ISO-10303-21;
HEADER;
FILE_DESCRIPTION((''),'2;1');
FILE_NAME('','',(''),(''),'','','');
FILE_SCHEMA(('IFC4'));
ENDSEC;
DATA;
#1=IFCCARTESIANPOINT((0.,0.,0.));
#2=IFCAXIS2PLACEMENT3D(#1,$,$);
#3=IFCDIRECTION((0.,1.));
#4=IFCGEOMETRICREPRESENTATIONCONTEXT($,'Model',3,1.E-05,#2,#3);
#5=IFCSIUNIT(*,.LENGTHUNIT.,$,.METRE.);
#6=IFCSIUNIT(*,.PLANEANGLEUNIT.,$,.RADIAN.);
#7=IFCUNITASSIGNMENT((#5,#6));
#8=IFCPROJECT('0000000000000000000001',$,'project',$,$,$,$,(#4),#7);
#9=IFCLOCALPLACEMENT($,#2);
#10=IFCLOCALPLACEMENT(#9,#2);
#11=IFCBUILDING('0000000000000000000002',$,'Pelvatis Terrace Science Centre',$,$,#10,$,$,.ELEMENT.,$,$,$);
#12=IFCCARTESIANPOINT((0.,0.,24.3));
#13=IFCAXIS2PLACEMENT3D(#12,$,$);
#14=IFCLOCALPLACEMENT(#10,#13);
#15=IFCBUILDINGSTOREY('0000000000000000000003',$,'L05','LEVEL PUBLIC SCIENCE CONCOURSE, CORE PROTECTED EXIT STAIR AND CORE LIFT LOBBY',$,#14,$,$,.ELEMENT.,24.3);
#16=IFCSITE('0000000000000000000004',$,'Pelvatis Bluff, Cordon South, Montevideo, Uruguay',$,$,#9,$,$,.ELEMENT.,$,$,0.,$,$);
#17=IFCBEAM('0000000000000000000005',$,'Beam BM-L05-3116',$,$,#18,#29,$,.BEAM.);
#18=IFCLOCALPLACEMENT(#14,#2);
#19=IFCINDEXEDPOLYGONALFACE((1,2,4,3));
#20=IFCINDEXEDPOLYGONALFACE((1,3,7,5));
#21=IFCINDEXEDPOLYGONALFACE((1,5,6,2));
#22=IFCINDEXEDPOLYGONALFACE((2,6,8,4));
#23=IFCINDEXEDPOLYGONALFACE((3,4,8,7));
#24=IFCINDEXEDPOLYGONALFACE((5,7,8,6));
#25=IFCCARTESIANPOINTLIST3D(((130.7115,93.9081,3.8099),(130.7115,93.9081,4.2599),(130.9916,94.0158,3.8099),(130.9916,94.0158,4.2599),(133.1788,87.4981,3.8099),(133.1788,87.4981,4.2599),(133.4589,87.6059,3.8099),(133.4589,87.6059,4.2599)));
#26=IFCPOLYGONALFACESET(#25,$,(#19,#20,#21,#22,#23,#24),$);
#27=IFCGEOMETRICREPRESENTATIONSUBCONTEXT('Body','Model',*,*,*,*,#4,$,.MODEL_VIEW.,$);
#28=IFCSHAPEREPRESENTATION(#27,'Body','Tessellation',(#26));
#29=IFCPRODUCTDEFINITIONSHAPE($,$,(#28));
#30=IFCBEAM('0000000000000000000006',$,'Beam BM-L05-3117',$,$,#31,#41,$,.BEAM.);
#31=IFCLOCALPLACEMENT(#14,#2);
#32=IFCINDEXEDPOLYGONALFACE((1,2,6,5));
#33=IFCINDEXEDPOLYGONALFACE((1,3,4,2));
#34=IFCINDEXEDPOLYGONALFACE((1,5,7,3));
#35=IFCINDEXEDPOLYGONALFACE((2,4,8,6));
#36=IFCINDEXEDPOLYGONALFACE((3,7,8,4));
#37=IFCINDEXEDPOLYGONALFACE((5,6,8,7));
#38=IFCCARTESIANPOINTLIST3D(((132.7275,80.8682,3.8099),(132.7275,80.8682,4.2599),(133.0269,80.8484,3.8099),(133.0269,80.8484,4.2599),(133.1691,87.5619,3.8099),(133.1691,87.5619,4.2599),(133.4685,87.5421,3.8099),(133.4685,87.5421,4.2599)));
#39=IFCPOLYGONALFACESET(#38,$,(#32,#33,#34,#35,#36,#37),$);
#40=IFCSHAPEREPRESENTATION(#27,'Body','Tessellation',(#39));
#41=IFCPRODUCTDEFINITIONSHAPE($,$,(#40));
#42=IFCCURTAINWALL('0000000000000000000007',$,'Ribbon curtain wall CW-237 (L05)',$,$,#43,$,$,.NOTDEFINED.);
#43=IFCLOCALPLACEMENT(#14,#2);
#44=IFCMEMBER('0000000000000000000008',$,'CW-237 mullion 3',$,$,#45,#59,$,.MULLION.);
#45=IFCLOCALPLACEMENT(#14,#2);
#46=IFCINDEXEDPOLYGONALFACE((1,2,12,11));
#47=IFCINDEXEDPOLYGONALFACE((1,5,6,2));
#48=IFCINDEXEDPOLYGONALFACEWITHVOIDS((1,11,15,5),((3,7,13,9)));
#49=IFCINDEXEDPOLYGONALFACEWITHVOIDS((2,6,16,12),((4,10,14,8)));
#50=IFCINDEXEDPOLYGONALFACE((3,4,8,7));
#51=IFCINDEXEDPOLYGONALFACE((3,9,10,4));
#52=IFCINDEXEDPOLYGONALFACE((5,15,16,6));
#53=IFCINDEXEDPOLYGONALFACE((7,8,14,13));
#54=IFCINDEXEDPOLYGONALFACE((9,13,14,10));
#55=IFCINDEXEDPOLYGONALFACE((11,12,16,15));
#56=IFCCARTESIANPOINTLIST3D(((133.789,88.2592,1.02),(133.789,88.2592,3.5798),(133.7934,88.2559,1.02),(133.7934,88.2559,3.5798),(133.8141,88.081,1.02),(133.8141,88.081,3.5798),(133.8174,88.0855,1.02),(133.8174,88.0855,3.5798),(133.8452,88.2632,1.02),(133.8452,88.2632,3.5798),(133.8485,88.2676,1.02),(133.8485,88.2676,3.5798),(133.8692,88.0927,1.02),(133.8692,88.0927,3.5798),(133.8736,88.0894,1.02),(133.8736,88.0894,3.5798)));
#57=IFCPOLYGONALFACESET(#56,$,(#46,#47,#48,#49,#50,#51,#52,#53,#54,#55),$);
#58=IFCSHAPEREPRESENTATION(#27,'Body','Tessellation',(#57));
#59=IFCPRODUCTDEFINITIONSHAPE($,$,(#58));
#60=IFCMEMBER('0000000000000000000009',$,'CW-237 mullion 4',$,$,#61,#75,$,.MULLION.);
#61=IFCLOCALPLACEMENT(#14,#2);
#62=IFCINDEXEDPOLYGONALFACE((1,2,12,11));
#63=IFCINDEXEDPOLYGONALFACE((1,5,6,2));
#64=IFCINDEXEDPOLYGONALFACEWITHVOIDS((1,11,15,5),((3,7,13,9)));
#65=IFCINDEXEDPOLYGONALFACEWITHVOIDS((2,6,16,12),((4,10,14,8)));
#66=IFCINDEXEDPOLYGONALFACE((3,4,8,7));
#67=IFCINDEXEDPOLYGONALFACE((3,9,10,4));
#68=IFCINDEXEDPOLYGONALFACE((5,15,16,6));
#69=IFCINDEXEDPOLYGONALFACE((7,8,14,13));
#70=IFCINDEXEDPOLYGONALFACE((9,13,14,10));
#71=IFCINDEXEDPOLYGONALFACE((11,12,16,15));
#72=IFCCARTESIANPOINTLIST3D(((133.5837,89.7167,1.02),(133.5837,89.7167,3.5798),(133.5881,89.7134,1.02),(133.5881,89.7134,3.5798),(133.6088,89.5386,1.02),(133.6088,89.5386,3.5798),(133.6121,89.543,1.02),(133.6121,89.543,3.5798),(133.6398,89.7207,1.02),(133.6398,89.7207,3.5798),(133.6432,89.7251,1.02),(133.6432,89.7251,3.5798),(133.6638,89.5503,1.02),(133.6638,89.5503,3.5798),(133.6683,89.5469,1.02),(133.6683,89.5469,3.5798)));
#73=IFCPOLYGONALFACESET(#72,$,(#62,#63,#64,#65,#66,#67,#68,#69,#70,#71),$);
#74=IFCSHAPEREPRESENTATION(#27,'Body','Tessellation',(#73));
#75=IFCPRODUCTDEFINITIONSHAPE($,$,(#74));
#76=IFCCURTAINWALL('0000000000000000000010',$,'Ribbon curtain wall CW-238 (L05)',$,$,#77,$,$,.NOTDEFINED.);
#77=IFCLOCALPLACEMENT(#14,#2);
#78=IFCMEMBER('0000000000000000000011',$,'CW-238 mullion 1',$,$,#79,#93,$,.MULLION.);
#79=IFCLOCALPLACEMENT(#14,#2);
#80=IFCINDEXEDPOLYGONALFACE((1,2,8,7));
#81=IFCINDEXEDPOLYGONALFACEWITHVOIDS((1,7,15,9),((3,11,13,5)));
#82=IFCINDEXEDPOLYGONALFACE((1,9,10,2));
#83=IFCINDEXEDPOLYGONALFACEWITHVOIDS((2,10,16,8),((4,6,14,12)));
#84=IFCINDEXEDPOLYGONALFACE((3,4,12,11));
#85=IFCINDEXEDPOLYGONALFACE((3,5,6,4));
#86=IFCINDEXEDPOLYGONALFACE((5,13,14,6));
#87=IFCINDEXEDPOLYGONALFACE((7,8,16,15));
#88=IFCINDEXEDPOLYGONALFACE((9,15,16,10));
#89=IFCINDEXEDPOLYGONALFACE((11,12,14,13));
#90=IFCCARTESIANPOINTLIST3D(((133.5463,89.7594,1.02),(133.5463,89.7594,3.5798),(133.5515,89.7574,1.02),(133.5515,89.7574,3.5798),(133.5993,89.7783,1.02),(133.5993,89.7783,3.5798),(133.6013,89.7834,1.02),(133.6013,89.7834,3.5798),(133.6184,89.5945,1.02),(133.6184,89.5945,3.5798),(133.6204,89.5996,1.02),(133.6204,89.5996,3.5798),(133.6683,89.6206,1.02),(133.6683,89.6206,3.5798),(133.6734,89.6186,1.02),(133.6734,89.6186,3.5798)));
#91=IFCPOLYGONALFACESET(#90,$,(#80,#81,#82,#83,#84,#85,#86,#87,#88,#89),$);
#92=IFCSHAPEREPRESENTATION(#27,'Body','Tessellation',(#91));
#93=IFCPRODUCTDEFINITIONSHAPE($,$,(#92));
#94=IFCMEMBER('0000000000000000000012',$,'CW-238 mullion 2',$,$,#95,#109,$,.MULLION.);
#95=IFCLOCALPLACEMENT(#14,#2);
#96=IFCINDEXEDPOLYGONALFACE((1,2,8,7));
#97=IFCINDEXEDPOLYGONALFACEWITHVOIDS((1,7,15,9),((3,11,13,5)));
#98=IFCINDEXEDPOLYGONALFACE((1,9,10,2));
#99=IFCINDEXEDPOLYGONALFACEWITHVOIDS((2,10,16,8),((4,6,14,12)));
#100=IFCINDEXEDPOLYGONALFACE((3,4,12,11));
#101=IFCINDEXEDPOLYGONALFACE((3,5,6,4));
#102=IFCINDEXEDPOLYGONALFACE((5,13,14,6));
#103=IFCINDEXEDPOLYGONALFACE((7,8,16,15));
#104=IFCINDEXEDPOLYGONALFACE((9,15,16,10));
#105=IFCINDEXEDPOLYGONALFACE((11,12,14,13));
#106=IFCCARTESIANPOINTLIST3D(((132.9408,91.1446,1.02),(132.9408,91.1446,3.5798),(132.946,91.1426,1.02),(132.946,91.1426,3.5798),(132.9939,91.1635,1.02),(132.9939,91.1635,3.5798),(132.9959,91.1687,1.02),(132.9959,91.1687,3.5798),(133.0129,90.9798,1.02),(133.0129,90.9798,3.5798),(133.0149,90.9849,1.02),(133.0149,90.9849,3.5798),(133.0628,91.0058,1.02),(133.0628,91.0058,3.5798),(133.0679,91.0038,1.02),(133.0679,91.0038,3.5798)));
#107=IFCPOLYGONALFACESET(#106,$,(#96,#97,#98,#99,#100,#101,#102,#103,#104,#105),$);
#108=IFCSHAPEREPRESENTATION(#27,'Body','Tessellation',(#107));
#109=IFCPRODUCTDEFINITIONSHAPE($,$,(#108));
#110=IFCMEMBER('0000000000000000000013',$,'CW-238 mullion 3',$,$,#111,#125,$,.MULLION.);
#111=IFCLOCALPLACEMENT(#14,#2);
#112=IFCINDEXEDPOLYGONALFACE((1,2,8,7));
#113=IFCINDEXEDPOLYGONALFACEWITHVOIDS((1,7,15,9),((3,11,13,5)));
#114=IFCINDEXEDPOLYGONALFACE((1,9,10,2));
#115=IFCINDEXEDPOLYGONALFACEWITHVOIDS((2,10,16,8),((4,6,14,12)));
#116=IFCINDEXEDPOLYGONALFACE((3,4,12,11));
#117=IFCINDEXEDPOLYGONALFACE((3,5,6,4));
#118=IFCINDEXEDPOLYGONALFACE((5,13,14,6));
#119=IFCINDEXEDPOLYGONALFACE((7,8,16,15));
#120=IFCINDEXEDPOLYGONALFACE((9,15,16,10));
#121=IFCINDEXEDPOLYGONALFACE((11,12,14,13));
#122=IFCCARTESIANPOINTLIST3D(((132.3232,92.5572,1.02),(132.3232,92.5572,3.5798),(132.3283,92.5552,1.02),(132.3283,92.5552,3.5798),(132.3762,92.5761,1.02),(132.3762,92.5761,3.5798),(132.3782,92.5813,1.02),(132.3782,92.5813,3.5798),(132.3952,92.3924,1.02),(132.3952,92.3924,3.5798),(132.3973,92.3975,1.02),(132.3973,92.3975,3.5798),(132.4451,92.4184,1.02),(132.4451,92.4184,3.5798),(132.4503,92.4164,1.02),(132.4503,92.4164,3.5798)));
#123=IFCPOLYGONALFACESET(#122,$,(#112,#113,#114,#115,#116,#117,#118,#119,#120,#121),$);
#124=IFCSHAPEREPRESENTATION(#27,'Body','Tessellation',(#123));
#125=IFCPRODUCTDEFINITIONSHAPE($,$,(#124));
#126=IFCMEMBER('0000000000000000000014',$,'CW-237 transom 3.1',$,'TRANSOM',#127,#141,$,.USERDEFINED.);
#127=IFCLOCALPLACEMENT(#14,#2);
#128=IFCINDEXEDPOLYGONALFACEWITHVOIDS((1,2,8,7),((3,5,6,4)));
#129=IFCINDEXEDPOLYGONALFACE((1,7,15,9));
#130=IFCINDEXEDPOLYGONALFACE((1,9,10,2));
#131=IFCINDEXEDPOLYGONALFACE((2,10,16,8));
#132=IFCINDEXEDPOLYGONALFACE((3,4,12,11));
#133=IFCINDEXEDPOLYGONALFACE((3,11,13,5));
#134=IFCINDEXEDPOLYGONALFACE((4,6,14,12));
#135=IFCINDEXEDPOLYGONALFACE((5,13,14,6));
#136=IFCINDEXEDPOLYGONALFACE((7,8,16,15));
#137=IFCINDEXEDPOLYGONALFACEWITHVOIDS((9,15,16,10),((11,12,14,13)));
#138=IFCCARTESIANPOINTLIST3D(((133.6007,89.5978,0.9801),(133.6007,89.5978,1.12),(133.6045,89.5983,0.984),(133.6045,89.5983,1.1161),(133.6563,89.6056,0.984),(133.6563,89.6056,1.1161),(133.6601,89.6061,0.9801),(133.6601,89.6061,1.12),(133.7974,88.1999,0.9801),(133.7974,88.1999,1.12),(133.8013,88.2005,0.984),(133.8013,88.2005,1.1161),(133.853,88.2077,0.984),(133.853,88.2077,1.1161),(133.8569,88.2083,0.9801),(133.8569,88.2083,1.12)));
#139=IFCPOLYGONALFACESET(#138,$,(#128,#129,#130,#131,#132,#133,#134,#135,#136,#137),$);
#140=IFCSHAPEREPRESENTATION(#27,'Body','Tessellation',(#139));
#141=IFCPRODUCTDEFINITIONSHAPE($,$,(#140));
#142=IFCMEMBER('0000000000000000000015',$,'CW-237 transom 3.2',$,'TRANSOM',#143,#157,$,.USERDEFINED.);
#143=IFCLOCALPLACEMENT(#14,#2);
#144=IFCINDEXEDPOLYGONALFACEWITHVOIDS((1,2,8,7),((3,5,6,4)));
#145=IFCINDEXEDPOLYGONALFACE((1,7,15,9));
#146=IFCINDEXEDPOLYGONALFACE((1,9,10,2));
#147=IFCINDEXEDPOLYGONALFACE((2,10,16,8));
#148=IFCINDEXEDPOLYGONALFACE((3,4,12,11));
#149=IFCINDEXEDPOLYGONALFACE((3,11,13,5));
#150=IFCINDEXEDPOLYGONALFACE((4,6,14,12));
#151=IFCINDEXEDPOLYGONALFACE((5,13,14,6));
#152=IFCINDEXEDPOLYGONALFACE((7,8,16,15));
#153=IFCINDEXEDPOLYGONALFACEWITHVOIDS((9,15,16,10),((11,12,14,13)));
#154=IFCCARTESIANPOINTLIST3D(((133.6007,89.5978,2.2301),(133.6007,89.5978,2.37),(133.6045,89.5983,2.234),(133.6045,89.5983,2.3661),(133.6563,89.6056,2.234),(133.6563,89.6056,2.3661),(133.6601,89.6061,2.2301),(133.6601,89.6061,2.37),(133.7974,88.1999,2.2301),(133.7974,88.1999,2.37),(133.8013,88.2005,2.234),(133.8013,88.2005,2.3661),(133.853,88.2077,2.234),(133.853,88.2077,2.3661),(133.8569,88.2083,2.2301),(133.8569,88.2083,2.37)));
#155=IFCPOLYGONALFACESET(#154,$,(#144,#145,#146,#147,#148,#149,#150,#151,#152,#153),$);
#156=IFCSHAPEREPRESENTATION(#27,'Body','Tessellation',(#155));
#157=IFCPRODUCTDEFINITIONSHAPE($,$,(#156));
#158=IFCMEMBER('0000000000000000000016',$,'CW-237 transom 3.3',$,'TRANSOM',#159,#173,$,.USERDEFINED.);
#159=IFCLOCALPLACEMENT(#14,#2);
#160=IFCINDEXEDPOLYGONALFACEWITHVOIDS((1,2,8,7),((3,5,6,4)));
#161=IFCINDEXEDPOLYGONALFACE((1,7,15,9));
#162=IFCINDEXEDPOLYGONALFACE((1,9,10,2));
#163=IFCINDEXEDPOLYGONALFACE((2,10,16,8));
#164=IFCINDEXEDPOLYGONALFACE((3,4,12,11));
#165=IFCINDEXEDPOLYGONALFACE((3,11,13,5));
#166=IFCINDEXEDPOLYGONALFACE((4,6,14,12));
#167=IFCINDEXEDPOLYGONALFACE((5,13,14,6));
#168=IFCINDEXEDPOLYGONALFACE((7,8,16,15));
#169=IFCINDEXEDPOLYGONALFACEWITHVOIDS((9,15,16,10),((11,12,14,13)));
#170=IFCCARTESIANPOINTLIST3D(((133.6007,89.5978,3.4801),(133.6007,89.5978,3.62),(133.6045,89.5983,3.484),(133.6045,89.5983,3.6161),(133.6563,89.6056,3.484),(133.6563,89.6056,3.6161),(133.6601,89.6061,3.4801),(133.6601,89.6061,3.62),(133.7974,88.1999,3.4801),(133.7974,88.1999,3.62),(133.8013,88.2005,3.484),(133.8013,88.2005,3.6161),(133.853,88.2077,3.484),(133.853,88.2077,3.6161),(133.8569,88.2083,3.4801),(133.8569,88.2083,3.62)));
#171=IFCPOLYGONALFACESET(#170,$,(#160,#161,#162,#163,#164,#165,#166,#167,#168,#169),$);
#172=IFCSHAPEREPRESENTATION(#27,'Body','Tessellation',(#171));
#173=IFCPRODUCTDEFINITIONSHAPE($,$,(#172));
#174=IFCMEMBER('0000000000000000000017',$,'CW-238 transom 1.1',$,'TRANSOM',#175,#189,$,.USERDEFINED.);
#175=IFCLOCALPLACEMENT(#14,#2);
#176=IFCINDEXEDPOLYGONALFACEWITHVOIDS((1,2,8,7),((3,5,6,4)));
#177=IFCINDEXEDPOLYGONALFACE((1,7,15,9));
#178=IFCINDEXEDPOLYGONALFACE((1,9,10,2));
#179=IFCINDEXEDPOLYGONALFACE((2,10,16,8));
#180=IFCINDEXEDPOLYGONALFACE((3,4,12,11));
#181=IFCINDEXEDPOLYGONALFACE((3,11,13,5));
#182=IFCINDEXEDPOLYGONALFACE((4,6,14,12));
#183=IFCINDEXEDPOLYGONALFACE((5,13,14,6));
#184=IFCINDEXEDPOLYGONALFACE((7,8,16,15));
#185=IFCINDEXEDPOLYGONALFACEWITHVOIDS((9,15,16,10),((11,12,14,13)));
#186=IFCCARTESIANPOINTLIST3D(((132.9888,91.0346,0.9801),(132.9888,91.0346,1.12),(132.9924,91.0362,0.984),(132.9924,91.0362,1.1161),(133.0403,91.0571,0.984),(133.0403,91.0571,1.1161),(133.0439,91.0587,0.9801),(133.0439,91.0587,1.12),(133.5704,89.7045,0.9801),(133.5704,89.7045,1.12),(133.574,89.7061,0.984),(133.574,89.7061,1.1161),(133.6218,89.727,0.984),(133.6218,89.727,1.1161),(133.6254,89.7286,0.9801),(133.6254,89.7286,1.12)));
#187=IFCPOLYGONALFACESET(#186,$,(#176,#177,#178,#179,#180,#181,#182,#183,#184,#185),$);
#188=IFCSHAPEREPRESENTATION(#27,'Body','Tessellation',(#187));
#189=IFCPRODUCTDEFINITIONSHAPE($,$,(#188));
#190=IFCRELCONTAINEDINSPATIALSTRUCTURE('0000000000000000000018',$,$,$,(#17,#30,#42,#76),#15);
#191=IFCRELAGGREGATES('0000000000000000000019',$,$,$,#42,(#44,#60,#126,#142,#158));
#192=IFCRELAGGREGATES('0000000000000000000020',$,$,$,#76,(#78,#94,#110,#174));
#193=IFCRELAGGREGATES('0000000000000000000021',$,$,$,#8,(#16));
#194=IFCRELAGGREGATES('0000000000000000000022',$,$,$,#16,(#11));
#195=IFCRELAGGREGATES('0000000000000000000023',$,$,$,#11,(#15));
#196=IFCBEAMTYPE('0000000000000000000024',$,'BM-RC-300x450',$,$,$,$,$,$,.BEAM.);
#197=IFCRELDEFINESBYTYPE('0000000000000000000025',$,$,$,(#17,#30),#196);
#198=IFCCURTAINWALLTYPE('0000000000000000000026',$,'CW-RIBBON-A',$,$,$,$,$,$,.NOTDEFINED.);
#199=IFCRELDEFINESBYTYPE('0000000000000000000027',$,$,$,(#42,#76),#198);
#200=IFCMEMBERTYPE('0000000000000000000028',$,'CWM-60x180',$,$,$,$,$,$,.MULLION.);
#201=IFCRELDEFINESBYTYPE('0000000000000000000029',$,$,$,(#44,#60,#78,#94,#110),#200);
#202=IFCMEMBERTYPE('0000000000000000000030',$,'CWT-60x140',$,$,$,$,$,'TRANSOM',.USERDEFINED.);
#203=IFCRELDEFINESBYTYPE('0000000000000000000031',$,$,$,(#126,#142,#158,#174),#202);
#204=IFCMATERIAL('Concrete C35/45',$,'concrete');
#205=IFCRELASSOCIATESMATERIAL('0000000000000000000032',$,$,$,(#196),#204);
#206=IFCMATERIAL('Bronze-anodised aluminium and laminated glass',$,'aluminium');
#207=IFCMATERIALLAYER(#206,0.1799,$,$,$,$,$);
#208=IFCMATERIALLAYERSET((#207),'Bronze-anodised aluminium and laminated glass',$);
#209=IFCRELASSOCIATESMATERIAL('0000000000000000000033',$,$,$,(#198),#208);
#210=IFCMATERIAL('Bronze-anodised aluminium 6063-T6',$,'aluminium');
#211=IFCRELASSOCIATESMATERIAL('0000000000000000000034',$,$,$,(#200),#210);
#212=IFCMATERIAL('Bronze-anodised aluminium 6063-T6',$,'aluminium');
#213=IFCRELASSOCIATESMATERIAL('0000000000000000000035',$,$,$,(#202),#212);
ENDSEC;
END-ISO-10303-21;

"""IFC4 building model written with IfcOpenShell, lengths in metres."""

from ifc_helpers import new_model, si_unit, direction, frame, origin, origin_2d, place, context, subcontext, project, spatial, rectangle, hollow_rectangle, extrude, material, layer, layer_set, material_profile, profile_set, type_object, element, aggregate, save


model = new_model("IFC4")

# Units and contexts
model_context = context("Model", 3, precision=1e-05, world=origin(), true_north=direction((0.0, 1.0)))
body_context = subcontext(model_context, "Body", "Model", "MODEL_VIEW")
ifc_project = project(units=[si_unit("LENGTHUNIT", "METRE"), si_unit("PLANEANGLEUNIT", "RADIAN")], contexts=[model_context])

# Site, building, storey
site_placement = place(None, origin())
site = spatial("IfcSite", under=ifc_project, at=site_placement, Name="Pelvatis Bluff, Cordon South, Montevideo, Uruguay", CompositionType="ELEMENT", RefElevation=0.0)
building_placement = place(site_placement, origin())
building = spatial("IfcBuilding", under=site, at=building_placement, Name="Pelvatis Terrace Science Centre", CompositionType="ELEMENT")
storey_placement = place(building_placement, frame((0.0, 0.0, 24.3)))
storey = spatial("IfcBuildingStorey", under=building, at=storey_placement, Name="L05", Description="LEVEL PUBLIC SCIENCE CONCOURSE, CORE PROTECTED EXIT STAIR AND CORE LIFT LOBBY", CompositionType="ELEMENT", Elevation=24.3)

# Beams
ifc_material_1 = material(Name="Concrete C35/45", Category="concrete")
ifc_material_profile_1 = material_profile(ifc_material_1, rectangle(XDim=0.3, YDim=0.45, at=origin_2d()), Name="RC-BM 300x450")
ifc_profile_set_1 = profile_set([ifc_material_profile_1], Name="Concrete C35/45")
beam_type = type_object("IfcBeamType", Name="BM-RC-300x450", PredefinedType="BEAM", material=ifc_profile_set_1)
beam_1_placement = place(storey_placement, frame((133.3188, 87.552, 4.0349), z_axis=(-0.359224, 0.933251, 0.0), x_axis=(-0.933251, -0.359224, 0.0)))
element("IfcBeam", 1, at=beam_1_placement, inside=storey, type_object=beam_type, Name="Beam BM-L05-3116", PredefinedType="BEAM", context=body_context, shape_type="SweptSolid", body=[
    extrude(rectangle(XDim=0.3, YDim=0.45, at=origin_2d()), origin(), (0.0, 0.0, 1.0), 6.8684),
])
beam_2_placement = place(storey_placement, frame((133.3188, 87.552, 4.0349), z_axis=(-0.065838, -0.99783, 0.0), x_axis=(0.99783, -0.065838, 0.0)))
element("IfcBeam", 2, at=beam_2_placement, inside=storey, type_object=beam_type, Name="Beam BM-L05-3117", PredefinedType="BEAM", context=body_context, shape_type="SweptSolid", body=[
    extrude(rectangle(XDim=0.3, YDim=0.45, at=origin_2d()), origin(), (0.0, 0.0, 1.0), 6.7083),
])

# Curtain walls, members
ifc_material_2 = material(Name="Bronze-anodised aluminium and laminated glass", Category="aluminium")
ifc_layer_1 = layer(ifc_material_2, 0.1799)
ifc_layer_set_1 = layer_set([ifc_layer_1], Name="Bronze-anodised aluminium and laminated glass")
curtain_wall_type = type_object("IfcCurtainWallType", Name="CW-RIBBON-A", PredefinedType="NOTDEFINED", material=ifc_layer_set_1)
curtain_wall_1_placement = place(storey_placement, origin())
curtain_wall_1 = element("IfcCurtainWall", 3, at=curtain_wall_1_placement, inside=storey, type_object=curtain_wall_type, Name="Ribbon curtain wall CW-237 (L05)", PredefinedType="NOTDEFINED")
ifc_material_3 = material(Name="Bronze-anodised aluminium 6063-T6", Category="aluminium")
ifc_material_profile_2 = material_profile(ifc_material_3, hollow_rectangle(XDim=0.0601, YDim=0.1799, WallThickness=0.0039, at=origin_2d()), Name="ALU-MUL 60x180")
ifc_profile_set_2 = profile_set([ifc_material_profile_2], Name="Bronze-anodised aluminium 6063-T6")
member_type_1 = type_object("IfcMemberType", Name="CWM-60x180", PredefinedType="MULLION", material=ifc_profile_set_2)
member_1_placement = place(storey_placement, frame((133.8313, 88.1743, 1.02), z_axis=(0.0, 0.0, 1.0), x_axis=(-0.990235, -0.139408, 0.0)))
member_1 = element("IfcMember", 4, at=member_1_placement, type_object=member_type_1, Name="CW-237 mullion 3", PredefinedType="MULLION", context=body_context, shape_type="SweptSolid", body=[
    extrude(hollow_rectangle(XDim=0.0601, YDim=0.1799, WallThickness=0.0039, at=origin_2d()), origin(), (0.0, 0.0, 1.0), 2.5598),
])
member_2_placement = place(storey_placement, frame((133.626, 89.6318, 1.02), z_axis=(0.0, 0.0, 1.0), x_axis=(-0.990235, -0.139408, 0.0)))
member_2 = element("IfcMember", 5, at=member_2_placement, type_object=member_type_1, Name="CW-237 mullion 4", PredefinedType="MULLION", context=body_context, shape_type="SweptSolid", body=[
    extrude(hollow_rectangle(XDim=0.0601, YDim=0.1799, WallThickness=0.0039, at=origin_2d()), origin(), (0.0, 0.0, 1.0), 2.5598),
])
curtain_wall_2_placement = place(storey_placement, origin())
curtain_wall_2 = element("IfcCurtainWall", 6, at=curtain_wall_2_placement, inside=storey, type_object=curtain_wall_type, Name="Ribbon curtain wall CW-238 (L05)", PredefinedType="NOTDEFINED")
member_3_placement = place(storey_placement, frame((133.6099, 89.689, 1.02), z_axis=(0.0, 0.0, 1.0), x_axis=(-0.916275, -0.40055, 0.0)))
member_3 = element("IfcMember", 7, at=member_3_placement, type_object=member_type_1, Name="CW-238 mullion 1", PredefinedType="MULLION", context=body_context, shape_type="SweptSolid", body=[
    extrude(hollow_rectangle(XDim=0.0601, YDim=0.1799, WallThickness=0.0039, at=origin_2d()), origin(), (0.0, 0.0, 1.0), 2.5598),
])
member_4_placement = place(storey_placement, frame((133.0044, 91.0742, 1.02), z_axis=(0.0, 0.0, 1.0), x_axis=(-0.916275, -0.40055, 0.0)))
member_4 = element("IfcMember", 8, at=member_4_placement, type_object=member_type_1, Name="CW-238 mullion 2", PredefinedType="MULLION", context=body_context, shape_type="SweptSolid", body=[
    extrude(hollow_rectangle(XDim=0.0601, YDim=0.1799, WallThickness=0.0039, at=origin_2d()), origin(), (0.0, 0.0, 1.0), 2.5598),
])
member_5_placement = place(storey_placement, frame((132.3867, 92.4868, 1.02), z_axis=(0.0, 0.0, 1.0), x_axis=(-0.916275, -0.40055, 0.0)))
member_5 = element("IfcMember", 9, at=member_5_placement, type_object=member_type_1, Name="CW-238 mullion 3", PredefinedType="MULLION", context=body_context, shape_type="SweptSolid", body=[
    extrude(hollow_rectangle(XDim=0.0601, YDim=0.1799, WallThickness=0.0039, at=origin_2d()), origin(), (0.0, 0.0, 1.0), 2.5598),
])

# Members
ifc_material_4 = material(Name="Bronze-anodised aluminium 6063-T6", Category="aluminium")
ifc_material_profile_3 = material_profile(ifc_material_4, hollow_rectangle(XDim=0.0601, YDim=0.1399, WallThickness=0.0039, at=origin_2d()), Name="ALU-TRN 60x140")
ifc_profile_set_3 = profile_set([ifc_material_profile_3], Name="Bronze-anodised aluminium 6063-T6")
member_type_2 = type_object("IfcMemberType", Name="CWT-60x140", ElementType="TRANSOM", PredefinedType="USERDEFINED", material=ifc_profile_set_3)
member_6_placement = place(storey_placement, frame((133.8271, 88.2041, 1.05), z_axis=(-0.139387, 0.990238, 0.0), x_axis=(-0.990238, -0.139387, 0.0)))
member_6 = element("IfcMember", 10, at=member_6_placement, type_object=member_type_2, Name="CW-237 transom 3.1", ObjectType="TRANSOM", PredefinedType="USERDEFINED", context=body_context, shape_type="SweptSolid", body=[
    extrude(hollow_rectangle(XDim=0.0601, YDim=0.1399, WallThickness=0.0039, at=origin_2d()), origin(), (0.0, 0.0, 1.0), 1.4116),
])
member_7_placement = place(storey_placement, frame((133.8271, 88.2041, 2.3), z_axis=(-0.139387, 0.990238, 0.0), x_axis=(-0.990238, -0.139387, 0.0)))
member_7 = element("IfcMember", 11, at=member_7_placement, type_object=member_type_2, Name="CW-237 transom 3.2", ObjectType="TRANSOM", PredefinedType="USERDEFINED", context=body_context, shape_type="SweptSolid", body=[
    extrude(hollow_rectangle(XDim=0.0601, YDim=0.1399, WallThickness=0.0039, at=origin_2d()), origin(), (0.0, 0.0, 1.0), 1.4116),
])
member_8_placement = place(storey_placement, frame((133.8271, 88.2041, 3.55), z_axis=(-0.139387, 0.990238, 0.0), x_axis=(-0.990238, -0.139387, 0.0)))
member_8 = element("IfcMember", 12, at=member_8_placement, type_object=member_type_2, Name="CW-237 transom 3.3", ObjectType="TRANSOM", PredefinedType="USERDEFINED", context=body_context, shape_type="SweptSolid", body=[
    extrude(hollow_rectangle(XDim=0.0601, YDim=0.1399, WallThickness=0.0039, at=origin_2d()), origin(), (0.0, 0.0, 1.0), 1.4116),
])
member_9_placement = place(storey_placement, frame((133.5979, 89.7166, 1.05), z_axis=(-0.400607, 0.91625, 0.0), x_axis=(-0.91625, -0.400607, 0.0)))
member_9 = element("IfcMember", 13, at=member_9_placement, type_object=member_type_2, Name="CW-238 transom 1.1", ObjectType="TRANSOM", PredefinedType="USERDEFINED", context=body_context, shape_type="SweptSolid", body=[
    extrude(hollow_rectangle(XDim=0.0601, YDim=0.1399, WallThickness=0.0039, at=origin_2d()), origin(), (0.0, 0.0, 1.0), 1.4517),
])

aggregate(curtain_wall_1, [member_1, member_2, member_6, member_7, member_8])
aggregate(curtain_wall_2, [member_3, member_4, member_5, member_9])

save(model, "model.ifc")
